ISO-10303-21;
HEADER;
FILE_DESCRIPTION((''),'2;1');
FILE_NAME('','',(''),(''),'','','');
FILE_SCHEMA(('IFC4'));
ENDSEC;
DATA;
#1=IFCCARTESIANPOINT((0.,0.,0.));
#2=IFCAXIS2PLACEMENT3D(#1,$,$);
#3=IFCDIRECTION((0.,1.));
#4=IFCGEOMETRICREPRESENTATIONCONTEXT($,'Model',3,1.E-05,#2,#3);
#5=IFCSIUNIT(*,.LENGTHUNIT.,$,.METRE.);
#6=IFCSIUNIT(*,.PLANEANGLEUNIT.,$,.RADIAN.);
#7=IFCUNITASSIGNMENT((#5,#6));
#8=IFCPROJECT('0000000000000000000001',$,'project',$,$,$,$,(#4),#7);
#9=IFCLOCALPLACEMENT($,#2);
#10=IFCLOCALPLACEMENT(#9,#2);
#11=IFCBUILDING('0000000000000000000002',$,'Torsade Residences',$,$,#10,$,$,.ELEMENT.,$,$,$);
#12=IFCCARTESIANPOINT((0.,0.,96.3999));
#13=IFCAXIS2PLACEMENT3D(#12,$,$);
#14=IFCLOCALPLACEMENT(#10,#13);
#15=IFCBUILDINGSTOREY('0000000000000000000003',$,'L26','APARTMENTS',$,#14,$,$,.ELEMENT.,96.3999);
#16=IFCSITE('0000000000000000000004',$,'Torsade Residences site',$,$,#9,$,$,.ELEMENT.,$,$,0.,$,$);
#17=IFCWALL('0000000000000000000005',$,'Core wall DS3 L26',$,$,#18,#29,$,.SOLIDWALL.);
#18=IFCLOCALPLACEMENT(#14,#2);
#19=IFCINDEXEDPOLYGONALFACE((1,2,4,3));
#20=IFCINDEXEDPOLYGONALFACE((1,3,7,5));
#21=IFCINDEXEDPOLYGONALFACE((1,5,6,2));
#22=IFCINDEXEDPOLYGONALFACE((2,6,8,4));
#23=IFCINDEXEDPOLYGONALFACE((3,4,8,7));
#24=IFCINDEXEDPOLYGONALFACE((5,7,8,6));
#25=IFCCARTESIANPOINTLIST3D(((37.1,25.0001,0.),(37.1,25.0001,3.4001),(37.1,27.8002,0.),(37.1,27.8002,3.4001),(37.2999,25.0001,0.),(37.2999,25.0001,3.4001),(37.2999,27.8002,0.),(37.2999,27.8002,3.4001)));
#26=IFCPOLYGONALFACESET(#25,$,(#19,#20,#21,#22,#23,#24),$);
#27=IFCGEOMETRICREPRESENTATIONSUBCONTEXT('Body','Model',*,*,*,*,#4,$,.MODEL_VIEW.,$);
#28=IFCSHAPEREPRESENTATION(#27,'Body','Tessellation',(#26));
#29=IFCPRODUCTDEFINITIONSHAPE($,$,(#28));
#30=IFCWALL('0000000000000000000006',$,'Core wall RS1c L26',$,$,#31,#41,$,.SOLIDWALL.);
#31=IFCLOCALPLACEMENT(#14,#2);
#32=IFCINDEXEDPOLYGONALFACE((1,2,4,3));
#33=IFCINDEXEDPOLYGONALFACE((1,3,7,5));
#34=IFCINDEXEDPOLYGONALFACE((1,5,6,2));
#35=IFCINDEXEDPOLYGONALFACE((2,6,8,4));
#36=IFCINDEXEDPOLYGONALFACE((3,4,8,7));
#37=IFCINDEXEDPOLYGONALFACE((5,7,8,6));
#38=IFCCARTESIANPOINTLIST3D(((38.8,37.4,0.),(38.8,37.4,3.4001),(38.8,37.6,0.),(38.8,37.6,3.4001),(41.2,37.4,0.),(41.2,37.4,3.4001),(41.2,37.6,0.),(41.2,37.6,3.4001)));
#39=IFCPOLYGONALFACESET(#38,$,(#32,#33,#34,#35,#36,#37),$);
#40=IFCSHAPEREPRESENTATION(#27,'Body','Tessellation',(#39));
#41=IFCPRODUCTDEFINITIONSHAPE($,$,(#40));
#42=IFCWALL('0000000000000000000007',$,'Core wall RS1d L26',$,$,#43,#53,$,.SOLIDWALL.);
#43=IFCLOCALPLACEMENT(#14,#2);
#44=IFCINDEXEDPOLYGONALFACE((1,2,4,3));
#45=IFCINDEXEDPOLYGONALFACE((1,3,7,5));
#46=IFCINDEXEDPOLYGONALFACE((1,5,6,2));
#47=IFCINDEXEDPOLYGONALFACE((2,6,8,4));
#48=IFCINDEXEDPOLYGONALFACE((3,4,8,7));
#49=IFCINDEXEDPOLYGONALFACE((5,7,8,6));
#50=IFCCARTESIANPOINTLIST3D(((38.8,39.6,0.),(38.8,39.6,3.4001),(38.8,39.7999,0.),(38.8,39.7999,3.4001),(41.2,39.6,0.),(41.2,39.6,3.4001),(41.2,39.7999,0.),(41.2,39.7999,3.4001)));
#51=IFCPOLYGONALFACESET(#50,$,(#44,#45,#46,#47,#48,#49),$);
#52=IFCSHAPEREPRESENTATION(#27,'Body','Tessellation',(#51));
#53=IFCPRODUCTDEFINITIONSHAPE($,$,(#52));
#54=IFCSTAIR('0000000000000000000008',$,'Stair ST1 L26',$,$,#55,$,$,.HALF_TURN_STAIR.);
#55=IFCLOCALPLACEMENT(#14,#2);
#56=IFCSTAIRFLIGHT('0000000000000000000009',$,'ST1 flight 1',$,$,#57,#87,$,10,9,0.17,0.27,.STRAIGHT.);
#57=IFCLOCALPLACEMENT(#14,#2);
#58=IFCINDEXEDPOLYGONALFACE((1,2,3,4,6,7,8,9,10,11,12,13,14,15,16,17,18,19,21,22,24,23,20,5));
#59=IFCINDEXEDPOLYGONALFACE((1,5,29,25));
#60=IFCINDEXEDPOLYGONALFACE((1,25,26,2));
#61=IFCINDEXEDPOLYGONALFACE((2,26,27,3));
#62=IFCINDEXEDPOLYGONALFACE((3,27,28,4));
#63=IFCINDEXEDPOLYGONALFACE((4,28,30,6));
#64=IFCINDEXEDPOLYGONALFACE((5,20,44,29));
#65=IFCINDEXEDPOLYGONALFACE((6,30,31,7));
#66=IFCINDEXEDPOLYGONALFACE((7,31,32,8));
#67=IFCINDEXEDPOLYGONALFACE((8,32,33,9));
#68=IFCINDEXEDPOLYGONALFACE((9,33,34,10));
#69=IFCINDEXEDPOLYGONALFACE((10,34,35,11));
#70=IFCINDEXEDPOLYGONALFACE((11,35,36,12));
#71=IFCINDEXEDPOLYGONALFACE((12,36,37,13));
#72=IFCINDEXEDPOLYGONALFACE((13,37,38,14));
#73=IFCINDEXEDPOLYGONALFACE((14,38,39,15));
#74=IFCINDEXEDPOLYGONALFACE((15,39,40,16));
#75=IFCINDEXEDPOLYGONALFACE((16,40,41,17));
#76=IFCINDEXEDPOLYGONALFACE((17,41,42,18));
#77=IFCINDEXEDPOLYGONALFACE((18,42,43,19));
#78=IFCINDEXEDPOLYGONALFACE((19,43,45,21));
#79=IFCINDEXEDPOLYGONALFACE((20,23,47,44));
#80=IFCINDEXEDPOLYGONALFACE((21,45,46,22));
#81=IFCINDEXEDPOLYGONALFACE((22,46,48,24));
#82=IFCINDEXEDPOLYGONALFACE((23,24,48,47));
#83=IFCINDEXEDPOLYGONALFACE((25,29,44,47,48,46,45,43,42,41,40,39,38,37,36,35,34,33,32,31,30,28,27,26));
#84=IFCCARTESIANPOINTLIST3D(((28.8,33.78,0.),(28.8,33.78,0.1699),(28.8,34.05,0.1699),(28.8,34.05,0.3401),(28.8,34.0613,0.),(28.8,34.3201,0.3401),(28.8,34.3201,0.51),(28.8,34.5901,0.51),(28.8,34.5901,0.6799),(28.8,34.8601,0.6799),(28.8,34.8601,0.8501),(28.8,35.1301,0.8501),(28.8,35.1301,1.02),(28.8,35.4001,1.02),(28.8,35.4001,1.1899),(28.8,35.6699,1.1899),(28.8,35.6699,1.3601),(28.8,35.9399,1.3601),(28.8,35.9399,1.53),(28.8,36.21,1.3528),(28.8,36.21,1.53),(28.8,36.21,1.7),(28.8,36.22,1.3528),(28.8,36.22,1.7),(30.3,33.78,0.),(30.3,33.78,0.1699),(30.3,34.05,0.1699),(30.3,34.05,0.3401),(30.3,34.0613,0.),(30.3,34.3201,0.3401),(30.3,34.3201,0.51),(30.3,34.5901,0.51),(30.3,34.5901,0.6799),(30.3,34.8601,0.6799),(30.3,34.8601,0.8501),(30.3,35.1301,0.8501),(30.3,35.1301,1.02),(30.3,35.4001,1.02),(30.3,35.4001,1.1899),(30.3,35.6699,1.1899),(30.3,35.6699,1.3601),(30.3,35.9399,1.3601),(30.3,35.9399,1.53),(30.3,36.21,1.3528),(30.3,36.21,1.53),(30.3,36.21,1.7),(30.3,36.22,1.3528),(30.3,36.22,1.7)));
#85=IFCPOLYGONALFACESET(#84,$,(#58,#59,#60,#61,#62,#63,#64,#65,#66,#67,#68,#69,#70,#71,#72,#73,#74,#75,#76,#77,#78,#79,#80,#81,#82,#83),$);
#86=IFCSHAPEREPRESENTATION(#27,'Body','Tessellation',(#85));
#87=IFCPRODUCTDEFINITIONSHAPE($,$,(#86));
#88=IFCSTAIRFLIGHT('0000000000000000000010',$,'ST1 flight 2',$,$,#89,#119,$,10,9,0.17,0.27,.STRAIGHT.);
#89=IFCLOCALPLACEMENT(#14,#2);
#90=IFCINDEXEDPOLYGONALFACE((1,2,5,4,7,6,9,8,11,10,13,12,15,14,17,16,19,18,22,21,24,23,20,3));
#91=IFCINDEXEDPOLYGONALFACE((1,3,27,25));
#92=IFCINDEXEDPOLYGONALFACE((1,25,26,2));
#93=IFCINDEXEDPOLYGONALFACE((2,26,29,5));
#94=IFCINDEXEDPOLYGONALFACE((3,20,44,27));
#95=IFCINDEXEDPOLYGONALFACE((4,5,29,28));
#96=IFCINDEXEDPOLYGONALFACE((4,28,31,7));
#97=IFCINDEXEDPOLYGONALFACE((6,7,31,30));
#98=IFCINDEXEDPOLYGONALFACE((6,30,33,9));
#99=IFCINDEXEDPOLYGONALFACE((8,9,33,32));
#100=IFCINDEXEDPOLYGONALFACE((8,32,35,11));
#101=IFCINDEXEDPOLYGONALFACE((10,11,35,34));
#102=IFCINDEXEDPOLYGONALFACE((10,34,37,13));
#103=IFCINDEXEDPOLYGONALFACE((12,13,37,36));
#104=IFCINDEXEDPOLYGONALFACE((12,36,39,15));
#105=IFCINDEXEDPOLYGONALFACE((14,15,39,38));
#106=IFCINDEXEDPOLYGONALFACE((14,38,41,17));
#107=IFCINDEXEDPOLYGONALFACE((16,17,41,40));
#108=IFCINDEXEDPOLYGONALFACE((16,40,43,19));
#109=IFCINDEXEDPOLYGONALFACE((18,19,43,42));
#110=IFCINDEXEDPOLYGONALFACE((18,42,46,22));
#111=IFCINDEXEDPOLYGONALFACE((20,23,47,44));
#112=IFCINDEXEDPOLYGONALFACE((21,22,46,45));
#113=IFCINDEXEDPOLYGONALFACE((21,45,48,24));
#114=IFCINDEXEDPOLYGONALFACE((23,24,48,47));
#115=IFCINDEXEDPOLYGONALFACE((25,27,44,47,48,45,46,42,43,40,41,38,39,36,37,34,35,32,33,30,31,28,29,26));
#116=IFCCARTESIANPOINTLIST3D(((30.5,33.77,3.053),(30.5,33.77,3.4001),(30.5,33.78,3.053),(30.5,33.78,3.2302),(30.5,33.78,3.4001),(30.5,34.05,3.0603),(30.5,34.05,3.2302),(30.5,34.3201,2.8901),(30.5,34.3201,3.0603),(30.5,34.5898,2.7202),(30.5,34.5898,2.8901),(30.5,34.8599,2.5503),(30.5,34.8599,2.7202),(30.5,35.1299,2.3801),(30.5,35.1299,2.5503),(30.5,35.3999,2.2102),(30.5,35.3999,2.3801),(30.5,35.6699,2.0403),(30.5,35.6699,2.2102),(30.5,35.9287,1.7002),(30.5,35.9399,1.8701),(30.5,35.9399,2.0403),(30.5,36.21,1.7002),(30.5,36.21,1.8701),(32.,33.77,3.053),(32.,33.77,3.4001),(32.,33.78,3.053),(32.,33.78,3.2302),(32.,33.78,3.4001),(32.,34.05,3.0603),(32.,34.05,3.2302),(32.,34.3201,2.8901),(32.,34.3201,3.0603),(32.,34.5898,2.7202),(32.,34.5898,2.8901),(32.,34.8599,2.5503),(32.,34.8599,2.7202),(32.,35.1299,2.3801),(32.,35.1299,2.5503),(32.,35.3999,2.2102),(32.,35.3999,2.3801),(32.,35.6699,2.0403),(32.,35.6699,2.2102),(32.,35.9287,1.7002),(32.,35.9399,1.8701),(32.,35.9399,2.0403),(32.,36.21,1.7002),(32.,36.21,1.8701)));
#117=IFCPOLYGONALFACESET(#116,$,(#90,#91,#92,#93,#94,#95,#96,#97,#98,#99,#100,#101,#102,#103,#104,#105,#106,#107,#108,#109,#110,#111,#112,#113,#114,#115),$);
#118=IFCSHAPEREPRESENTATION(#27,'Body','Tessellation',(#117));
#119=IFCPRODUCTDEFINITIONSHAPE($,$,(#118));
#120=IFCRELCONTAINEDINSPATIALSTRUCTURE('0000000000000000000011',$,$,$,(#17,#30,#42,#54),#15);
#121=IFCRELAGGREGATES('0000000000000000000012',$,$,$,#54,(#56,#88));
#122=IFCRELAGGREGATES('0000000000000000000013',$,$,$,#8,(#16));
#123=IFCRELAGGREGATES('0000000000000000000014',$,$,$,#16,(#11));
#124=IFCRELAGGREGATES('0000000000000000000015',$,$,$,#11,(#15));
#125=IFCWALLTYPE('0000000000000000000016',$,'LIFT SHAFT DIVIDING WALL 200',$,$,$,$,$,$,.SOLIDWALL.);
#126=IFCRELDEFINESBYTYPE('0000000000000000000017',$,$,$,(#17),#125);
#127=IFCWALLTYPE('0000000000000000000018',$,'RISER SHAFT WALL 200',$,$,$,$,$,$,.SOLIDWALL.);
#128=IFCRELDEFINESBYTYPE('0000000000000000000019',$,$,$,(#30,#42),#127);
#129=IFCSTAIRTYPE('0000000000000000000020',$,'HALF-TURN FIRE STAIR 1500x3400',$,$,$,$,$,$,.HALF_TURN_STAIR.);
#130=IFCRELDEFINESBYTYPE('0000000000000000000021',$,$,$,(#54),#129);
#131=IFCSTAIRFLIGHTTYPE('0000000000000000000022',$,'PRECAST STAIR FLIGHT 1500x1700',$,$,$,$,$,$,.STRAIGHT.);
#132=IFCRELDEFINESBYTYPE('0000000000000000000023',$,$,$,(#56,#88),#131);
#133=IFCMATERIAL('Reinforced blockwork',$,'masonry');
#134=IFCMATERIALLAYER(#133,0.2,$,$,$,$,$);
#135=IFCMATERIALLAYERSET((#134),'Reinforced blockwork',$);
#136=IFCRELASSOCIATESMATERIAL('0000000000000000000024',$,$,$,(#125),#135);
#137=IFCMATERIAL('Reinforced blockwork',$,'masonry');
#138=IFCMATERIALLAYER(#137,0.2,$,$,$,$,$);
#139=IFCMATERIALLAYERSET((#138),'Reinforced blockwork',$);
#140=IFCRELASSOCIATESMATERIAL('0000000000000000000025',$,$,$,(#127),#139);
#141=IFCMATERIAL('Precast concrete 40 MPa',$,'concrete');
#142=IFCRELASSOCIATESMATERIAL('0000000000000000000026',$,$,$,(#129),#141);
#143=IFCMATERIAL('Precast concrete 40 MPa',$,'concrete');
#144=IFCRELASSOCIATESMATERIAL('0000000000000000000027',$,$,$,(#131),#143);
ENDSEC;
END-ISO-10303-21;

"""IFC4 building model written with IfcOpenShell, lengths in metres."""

from ifc_helpers import new_model, si_unit, direction, frame, frame_2d, origin, place, context, subcontext, project, spatial, polyline, rectangle, outline, extrude, material, layer, layer_set, type_object, element, aggregate, save


model = new_model("IFC4")

# Units and contexts
model_context = context("Model", 3, precision=1e-05, world=origin(), true_north=direction((0.0, 1.0)))
body_context = subcontext(model_context, "Body", "Model", "MODEL_VIEW")
ifc_project = project(units=[si_unit("LENGTHUNIT", "METRE"), si_unit("PLANEANGLEUNIT", "RADIAN")], contexts=[model_context])

# Site, building, storey
site_placement = place(None, origin())
site = spatial("IfcSite", under=ifc_project, at=site_placement, Name="Torsade Residences site", CompositionType="ELEMENT", RefElevation=0.0)
building_placement = place(site_placement, origin())
building = spatial("IfcBuilding", under=site, at=building_placement, Name="Torsade Residences", CompositionType="ELEMENT")
storey_placement = place(building_placement, frame((0.0, 0.0, 96.3999)))
storey = spatial("IfcBuildingStorey", under=building, at=storey_placement, Name="L26", Description="APARTMENTS", CompositionType="ELEMENT", Elevation=96.3999)

# Walls
ifc_material_1 = material(Name="Reinforced blockwork", Category="masonry")
ifc_layer_1 = layer(ifc_material_1, 0.2)
ifc_layer_set_1 = layer_set([ifc_layer_1], Name="Reinforced blockwork")
wall_type_1 = type_object("IfcWallType", Name="LIFT SHAFT DIVIDING WALL 200", PredefinedType="SOLIDWALL", material=ifc_layer_set_1)
for number, where, z_axis, x_axis, name in (
    (1, (37.2, 27.8, 0.0), (0.0, 0.0, 1.0), (0.0, -1.0, 0.0), "Core wall DS3 L26"),
):
    element("IfcWall", number, at=place(storey_placement, frame(where, z_axis=z_axis, x_axis=x_axis)), inside=storey, type_object=wall_type_1, Name=name, PredefinedType="SOLIDWALL", context=body_context, shape_type="SweptSolid", body=[
        extrude(rectangle(XDim=2.8, YDim=0.2, at=frame_2d((1.3999, 0.0))), origin(), (0.0, 0.0, 1.0), 3.4001),
    ])
ifc_material_2 = material(Name="Reinforced blockwork", Category="masonry")
ifc_layer_2 = layer(ifc_material_2, 0.2)
ifc_layer_set_2 = layer_set([ifc_layer_2], Name="Reinforced blockwork")
wall_type_2 = type_object("IfcWallType", Name="RISER SHAFT WALL 200", PredefinedType="SOLIDWALL", material=ifc_layer_set_2)
for number, where, z_axis, x_axis, name in (
    (2, (38.8, 37.5, 0.0), (0.0, 0.0, 1.0), (1.0, 0.0, 0.0), "Core wall RS1c L26"),
    (3, (38.8, 39.7, 0.0), (0.0, 0.0, 1.0), (1.0, 0.0, 0.0), "Core wall RS1d L26"),
):
    element("IfcWall", number, at=place(storey_placement, frame(where, z_axis=z_axis, x_axis=x_axis)), inside=storey, type_object=wall_type_2, Name=name, PredefinedType="SOLIDWALL", context=body_context, shape_type="SweptSolid", body=[
        extrude(rectangle(XDim=2.3999, YDim=0.2, at=frame_2d((1.2, 0.0))), origin(), (0.0, 0.0, 1.0), 3.4001),
    ])

# Stair, stair flights
ifc_material_3 = material(Name="Precast concrete 40 MPa", Category="concrete")
stair_type = type_object("IfcStairType", Name="HALF-TURN FIRE STAIR 1500x3400", PredefinedType="HALF_TURN_STAIR", material=ifc_material_3)
stair_placement = place(storey_placement, origin())
stair = element("IfcStair", 4, at=stair_placement, inside=storey, type_object=stair_type, Name="Stair ST1 L26", PredefinedType="HALF_TURN_STAIR")
ifc_material_4 = material(Name="Precast concrete 40 MPa", Category="concrete")
stair_flight_type = type_object("IfcStairFlightType", Name="PRECAST STAIR FLIGHT 1500x1700", PredefinedType="STRAIGHT", material=ifc_material_4)
stair_flight_1_placement = place(storey_placement, frame((29.55, 33.78, 0.0), z_axis=(0.0, 0.0, 1.0), x_axis=(0.0, 1.0, 0.0)))
stair_flight_1 = element("IfcStairFlight", 5, at=stair_flight_1_placement, type_object=stair_flight_type, Name="ST1 flight 1", NumberOfRisers=10, NumberOfTreads=9, PredefinedType="STRAIGHT", RiserHeight=0.17, TreadLength=0.27, context=body_context, shape_type="SweptSolid", body=[
    extrude(outline(polyline([(0.0, 0.0), (0.0, 0.1699), (0.27, 0.1699), (0.27, 0.3401), (0.54, 0.3401), (0.54, 0.51), (0.8101, 0.51), (0.8101, 0.6799), (1.0801, 0.6799), (1.0801, 0.8501), (1.3501, 0.8501), (1.3501, 1.02), (1.6201, 1.02), (1.6201, 1.1899), (1.8899, 1.1899), (1.8899, 1.3601), (2.1599, 1.3601), (2.1599, 1.53), (2.4299, 1.53), (2.4299, 1.7), (2.4399, 1.7), (2.4399, 1.3528), (2.4299, 1.3528), (0.2812, 0.0), (0.0, 0.0)])), frame((0.0, 0.75, 0.0), z_axis=(0.0, -1.0, 0.0), x_axis=(1.0, 0.0, 0.0)), (0.0, 0.0, 1.0), 1.5),
])
stair_flight_2_placement = place(storey_placement, frame((31.25, 36.21, 1.7002), z_axis=(0.0, 0.0, 1.0), x_axis=(0.0, -1.0, 0.0)))
stair_flight_2 = element("IfcStairFlight", 6, at=stair_flight_2_placement, type_object=stair_flight_type, Name="ST1 flight 2", NumberOfRisers=10, NumberOfTreads=9, PredefinedType="STRAIGHT", RiserHeight=0.17, TreadLength=0.27, context=body_context, shape_type="SweptSolid", body=[
    extrude(outline(polyline([(0.0, 0.0), (0.0, 0.1699), (0.27, 0.1699), (0.27, 0.3401), (0.54, 0.3401), (0.54, 0.51), (0.8101, 0.51), (0.8101, 0.6799), (1.0801, 0.6799), (1.0801, 0.8501), (1.3501, 0.8501), (1.3501, 1.02), (1.6201, 1.02), (1.6201, 1.1899), (1.8899, 1.1899), (1.8899, 1.3601), (2.1599, 1.3601), (2.1599, 1.53), (2.4299, 1.53), (2.4299, 1.7), (2.4399, 1.7), (2.4399, 1.3528), (2.4299, 1.3528), (0.2812, 0.0), (0.0, 0.0)])), frame((0.0, 0.75, 0.0), z_axis=(0.0, -1.0, 0.0), x_axis=(1.0, 0.0, 0.0)), (0.0, 0.0, 1.0), 1.5),
])
aggregate(stair, [stair_flight_1, stair_flight_2])

save(model, "model.ifc")
